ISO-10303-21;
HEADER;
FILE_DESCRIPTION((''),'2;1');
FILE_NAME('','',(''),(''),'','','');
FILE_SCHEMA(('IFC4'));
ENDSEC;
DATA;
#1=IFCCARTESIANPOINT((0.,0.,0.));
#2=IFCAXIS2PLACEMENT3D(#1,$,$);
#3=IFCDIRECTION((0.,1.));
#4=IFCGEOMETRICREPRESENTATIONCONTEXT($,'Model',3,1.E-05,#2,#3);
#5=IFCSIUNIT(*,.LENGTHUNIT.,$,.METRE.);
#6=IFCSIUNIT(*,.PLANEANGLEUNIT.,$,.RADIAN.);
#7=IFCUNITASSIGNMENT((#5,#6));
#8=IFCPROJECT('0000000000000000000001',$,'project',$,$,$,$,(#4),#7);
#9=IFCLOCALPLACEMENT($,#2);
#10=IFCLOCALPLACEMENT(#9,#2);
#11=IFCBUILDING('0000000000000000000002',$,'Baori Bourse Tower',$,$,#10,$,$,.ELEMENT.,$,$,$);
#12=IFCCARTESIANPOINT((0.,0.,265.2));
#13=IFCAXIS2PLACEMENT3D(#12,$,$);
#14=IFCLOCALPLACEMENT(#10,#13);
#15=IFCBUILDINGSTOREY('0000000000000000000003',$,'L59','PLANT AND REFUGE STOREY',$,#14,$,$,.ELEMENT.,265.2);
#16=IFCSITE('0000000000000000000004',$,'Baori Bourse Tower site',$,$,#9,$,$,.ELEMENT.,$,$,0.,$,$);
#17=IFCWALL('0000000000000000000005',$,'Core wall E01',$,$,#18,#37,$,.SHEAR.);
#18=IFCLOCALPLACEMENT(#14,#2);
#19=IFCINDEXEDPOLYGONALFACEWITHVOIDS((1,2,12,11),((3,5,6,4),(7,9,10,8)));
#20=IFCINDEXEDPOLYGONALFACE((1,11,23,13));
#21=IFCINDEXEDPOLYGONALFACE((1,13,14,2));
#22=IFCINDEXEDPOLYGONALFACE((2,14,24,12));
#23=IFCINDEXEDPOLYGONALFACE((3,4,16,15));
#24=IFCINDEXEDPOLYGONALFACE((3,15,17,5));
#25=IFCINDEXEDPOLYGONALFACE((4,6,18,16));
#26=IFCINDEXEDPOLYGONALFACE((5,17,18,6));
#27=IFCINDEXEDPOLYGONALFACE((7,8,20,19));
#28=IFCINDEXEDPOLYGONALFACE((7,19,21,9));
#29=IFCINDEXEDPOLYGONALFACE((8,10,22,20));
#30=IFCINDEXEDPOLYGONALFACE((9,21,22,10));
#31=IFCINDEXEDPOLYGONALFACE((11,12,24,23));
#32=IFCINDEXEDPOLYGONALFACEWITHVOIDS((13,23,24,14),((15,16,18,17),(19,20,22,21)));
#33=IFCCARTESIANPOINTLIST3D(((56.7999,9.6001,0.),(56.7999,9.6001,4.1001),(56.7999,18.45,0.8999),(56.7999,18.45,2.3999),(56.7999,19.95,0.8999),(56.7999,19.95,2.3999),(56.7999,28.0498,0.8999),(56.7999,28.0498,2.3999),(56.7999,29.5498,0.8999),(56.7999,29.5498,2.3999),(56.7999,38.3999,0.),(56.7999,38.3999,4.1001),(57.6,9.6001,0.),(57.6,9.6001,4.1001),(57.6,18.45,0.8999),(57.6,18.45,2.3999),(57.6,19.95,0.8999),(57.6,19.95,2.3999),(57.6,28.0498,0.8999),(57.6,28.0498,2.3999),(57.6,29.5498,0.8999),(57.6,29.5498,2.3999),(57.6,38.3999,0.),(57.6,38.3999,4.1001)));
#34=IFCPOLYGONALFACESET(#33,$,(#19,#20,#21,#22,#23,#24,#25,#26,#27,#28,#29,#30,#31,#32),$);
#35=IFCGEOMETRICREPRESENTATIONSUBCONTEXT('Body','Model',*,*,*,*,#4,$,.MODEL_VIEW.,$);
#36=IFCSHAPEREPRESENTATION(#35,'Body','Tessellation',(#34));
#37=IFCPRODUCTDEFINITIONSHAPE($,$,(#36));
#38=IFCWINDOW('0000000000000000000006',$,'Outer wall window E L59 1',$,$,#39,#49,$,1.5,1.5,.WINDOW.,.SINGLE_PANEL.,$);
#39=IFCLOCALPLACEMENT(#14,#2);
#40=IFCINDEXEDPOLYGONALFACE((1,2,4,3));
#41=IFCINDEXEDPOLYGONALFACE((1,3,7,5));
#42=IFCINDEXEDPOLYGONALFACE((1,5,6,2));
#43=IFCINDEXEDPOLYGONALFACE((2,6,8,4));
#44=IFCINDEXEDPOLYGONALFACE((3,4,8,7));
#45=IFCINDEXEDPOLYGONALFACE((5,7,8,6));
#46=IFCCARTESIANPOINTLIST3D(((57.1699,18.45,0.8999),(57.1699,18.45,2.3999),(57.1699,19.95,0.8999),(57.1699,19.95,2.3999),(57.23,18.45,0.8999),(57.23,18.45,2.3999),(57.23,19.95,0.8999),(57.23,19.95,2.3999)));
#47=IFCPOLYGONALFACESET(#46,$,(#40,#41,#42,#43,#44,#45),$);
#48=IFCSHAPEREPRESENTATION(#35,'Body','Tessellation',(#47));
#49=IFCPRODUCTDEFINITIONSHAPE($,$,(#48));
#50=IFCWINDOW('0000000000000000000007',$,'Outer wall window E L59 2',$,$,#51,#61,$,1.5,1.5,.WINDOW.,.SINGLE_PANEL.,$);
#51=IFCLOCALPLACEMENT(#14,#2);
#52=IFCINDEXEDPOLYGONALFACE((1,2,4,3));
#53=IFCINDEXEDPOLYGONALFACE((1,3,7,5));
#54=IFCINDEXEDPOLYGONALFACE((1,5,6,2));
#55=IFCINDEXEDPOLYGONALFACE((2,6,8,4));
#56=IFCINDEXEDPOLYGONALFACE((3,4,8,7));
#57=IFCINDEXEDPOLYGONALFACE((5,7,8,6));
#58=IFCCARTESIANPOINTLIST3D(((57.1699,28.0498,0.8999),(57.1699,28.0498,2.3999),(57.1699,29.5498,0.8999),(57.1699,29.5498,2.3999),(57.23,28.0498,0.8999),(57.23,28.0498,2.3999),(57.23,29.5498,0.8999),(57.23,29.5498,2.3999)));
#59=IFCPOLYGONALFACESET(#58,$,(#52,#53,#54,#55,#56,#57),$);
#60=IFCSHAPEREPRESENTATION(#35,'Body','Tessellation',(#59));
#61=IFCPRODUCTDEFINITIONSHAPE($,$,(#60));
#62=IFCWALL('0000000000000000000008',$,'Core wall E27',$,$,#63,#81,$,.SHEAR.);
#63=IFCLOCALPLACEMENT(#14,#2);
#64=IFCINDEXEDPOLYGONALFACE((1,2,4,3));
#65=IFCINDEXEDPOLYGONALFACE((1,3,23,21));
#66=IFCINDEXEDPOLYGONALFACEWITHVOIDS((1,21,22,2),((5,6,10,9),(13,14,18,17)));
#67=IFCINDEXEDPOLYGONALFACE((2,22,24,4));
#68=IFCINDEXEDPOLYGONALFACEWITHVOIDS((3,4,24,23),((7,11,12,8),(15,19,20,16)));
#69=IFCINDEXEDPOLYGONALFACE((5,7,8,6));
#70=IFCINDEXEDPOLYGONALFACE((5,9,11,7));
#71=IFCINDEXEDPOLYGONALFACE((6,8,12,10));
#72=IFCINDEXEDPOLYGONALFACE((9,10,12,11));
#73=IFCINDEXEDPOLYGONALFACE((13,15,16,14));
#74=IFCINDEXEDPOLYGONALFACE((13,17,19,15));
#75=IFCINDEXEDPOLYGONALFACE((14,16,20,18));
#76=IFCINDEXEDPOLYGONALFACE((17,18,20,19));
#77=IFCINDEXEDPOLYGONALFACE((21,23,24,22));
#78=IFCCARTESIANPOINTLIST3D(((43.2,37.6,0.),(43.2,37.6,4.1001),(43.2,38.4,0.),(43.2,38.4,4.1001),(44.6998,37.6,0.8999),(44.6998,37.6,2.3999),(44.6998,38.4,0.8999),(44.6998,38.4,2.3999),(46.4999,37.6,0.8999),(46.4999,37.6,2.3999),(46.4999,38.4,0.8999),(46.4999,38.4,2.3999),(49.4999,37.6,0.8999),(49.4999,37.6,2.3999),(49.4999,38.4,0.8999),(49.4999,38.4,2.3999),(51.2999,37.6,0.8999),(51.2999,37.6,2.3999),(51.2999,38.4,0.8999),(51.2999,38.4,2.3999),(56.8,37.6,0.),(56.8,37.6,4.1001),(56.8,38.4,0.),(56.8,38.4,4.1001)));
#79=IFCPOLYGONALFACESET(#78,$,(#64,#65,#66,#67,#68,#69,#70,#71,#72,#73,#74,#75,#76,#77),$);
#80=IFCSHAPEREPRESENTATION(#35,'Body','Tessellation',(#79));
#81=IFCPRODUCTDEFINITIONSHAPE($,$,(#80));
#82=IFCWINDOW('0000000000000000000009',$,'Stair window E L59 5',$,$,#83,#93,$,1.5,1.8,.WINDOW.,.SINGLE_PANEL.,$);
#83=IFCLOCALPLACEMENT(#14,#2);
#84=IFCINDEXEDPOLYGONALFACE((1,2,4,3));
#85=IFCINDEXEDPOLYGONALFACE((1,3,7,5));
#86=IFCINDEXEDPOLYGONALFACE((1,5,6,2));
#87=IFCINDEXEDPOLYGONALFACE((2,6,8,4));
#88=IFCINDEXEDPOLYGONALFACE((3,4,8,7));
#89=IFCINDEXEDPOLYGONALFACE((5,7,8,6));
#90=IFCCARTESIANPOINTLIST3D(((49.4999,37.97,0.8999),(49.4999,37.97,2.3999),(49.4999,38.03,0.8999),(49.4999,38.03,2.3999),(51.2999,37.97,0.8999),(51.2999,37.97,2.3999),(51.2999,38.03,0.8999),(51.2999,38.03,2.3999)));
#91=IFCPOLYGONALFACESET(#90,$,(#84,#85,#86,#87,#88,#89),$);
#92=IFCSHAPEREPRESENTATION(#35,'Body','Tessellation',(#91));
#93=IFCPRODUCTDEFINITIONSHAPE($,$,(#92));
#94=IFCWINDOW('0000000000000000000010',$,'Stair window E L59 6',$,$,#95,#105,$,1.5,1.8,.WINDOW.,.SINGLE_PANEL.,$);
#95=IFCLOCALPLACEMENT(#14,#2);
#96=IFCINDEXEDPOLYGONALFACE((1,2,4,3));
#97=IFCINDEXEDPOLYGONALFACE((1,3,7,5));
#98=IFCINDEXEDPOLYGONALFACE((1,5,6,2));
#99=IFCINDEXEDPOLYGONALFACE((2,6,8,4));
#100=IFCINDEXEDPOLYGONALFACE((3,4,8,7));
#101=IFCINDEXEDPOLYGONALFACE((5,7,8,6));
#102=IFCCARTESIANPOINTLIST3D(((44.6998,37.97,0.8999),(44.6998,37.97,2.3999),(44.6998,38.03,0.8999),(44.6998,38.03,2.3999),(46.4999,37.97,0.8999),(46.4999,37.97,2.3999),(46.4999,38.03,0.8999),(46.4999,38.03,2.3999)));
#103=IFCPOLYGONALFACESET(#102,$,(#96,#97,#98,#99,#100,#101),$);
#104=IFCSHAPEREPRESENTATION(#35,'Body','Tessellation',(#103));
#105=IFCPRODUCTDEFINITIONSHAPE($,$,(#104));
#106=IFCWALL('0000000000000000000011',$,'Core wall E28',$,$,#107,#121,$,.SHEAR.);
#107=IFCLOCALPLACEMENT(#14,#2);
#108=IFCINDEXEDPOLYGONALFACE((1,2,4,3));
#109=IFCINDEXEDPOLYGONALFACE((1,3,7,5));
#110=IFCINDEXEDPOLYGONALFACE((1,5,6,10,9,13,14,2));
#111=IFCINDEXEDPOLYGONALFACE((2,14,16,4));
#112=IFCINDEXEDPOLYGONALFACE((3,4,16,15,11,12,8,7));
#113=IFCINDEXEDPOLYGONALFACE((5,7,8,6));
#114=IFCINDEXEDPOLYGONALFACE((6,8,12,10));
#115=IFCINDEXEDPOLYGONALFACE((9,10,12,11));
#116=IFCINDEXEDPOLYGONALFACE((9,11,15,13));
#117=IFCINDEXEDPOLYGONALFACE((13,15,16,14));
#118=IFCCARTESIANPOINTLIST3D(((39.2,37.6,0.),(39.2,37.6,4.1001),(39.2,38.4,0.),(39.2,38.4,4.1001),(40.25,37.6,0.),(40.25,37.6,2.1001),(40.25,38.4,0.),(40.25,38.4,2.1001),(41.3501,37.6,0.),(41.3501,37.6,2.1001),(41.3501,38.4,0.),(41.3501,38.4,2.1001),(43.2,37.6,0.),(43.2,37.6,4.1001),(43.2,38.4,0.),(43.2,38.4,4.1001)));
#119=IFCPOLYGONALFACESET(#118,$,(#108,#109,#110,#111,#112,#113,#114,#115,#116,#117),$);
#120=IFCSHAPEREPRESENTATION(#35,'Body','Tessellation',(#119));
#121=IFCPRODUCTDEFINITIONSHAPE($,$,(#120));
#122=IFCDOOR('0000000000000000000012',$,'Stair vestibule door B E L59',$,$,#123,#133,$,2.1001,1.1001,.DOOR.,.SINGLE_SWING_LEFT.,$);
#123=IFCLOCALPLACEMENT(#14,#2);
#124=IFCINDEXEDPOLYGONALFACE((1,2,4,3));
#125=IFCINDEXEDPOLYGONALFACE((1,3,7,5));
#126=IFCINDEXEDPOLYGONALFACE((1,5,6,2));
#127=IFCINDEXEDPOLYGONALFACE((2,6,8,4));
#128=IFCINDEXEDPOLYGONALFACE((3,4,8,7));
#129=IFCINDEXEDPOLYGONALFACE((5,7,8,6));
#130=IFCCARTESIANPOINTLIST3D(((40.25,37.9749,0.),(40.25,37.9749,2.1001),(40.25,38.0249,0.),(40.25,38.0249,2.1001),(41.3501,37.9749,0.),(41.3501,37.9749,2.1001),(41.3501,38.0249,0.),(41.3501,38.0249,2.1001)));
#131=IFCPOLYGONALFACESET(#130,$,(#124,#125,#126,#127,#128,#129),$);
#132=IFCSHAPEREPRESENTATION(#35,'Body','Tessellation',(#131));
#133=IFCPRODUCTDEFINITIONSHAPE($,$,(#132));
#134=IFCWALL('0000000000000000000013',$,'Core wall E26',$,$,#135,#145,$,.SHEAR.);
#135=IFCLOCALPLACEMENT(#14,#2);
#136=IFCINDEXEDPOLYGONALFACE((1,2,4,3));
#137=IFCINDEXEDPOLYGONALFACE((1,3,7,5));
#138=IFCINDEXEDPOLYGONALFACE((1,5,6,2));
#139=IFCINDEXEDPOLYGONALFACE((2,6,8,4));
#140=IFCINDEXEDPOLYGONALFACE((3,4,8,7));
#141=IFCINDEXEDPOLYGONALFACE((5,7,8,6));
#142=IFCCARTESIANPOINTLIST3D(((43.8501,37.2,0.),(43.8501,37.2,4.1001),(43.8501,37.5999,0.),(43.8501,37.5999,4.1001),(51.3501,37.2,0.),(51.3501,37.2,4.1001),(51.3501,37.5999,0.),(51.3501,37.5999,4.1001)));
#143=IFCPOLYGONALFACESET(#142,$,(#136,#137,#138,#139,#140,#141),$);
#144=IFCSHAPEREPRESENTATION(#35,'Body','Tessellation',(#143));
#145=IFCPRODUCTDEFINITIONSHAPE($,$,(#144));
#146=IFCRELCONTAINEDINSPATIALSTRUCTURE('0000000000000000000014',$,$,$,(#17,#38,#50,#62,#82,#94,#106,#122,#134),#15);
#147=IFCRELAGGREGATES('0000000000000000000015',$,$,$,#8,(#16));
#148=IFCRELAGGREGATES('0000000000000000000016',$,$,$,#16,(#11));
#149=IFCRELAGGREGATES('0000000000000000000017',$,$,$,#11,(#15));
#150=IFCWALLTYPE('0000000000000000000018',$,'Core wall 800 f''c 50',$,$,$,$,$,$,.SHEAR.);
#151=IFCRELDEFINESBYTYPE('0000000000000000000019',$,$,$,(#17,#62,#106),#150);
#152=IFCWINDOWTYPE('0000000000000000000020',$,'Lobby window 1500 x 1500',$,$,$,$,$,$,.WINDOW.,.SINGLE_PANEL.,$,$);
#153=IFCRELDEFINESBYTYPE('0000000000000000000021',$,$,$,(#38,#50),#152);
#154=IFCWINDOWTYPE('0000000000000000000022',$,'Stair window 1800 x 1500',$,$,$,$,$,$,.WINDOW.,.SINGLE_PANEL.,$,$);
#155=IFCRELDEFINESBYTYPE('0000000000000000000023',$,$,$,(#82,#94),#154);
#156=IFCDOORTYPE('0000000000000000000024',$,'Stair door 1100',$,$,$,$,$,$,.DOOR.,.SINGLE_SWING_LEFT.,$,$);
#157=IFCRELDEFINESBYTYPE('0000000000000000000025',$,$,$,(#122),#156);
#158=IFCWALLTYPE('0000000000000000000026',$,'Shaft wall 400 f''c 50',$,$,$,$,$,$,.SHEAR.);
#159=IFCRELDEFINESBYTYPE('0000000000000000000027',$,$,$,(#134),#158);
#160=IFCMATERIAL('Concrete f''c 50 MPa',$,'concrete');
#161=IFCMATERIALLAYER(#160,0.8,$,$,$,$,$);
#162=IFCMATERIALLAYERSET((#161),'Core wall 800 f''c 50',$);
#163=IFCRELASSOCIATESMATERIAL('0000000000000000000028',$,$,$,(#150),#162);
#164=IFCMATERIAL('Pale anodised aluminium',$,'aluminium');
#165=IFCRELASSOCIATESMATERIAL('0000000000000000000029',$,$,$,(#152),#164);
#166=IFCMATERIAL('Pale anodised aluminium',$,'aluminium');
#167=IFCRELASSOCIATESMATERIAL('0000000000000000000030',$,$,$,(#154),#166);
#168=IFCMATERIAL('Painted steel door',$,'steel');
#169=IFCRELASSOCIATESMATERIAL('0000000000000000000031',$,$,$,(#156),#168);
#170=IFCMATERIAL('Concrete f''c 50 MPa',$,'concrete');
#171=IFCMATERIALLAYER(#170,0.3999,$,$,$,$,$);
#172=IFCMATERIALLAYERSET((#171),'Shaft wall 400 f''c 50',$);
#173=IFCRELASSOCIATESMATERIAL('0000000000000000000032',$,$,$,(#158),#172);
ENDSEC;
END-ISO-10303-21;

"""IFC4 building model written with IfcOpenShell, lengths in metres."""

from ifc_helpers import new_model, si_unit, direction, frame, frame_2d, origin, place, context, subcontext, project, spatial, rectangle, extrude, material, layer, layer_set, type_object, element, fill, save


model = new_model("IFC4")

# Units and contexts
model_context = context("Model", 3, precision=1e-05, world=origin(), true_north=direction((0.0, 1.0)))
body_context = subcontext(model_context, "Body", "Model", "MODEL_VIEW")
ifc_project = project(units=[si_unit("LENGTHUNIT", "METRE"), si_unit("PLANEANGLEUNIT", "RADIAN")], contexts=[model_context])

# Site, building, storey
site_placement = place(None, origin())
site = spatial("IfcSite", under=ifc_project, at=site_placement, Name="Baori Bourse Tower site", CompositionType="ELEMENT", RefElevation=0.0)
building_placement = place(site_placement, origin())
building = spatial("IfcBuilding", under=site, at=building_placement, Name="Baori Bourse Tower", CompositionType="ELEMENT")
storey_placement = place(building_placement, frame((0.0, 0.0, 265.2)))
storey = spatial("IfcBuildingStorey", under=building, at=storey_placement, Name="L59", Description="PLANT AND REFUGE STOREY", CompositionType="ELEMENT", Elevation=265.2)

# Walls, openings, windows
ifc_material_1 = material(Name="Concrete f'c 50 MPa", Category="concrete")
ifc_layer_1 = layer(ifc_material_1, 0.8)
ifc_layer_set_1 = layer_set([ifc_layer_1], Name="Core wall 800 f'c 50")
wall_type_1 = type_object("IfcWallType", Name="Core wall 800 f'c 50", PredefinedType="SHEAR", material=ifc_layer_set_1)
wall_1_placement = place(storey_placement, frame((57.2, 38.3999, 0.0), z_axis=(0.0, 0.0, 1.0), x_axis=(0.0, -1.0, 0.0)))
wall_1 = element("IfcWall", 1, at=wall_1_placement, inside=storey, type_object=wall_type_1, Name="Core wall E01", PredefinedType="SHEAR", context=body_context, shape_type="SweptSolid", body=[
    extrude(rectangle(XDim=28.7998, YDim=0.8, at=frame_2d((14.3999, 0.0))), origin(), (0.0, 0.0, 1.0), 4.1001),
])
opening_1_placement = place(wall_1_placement, frame((18.45, 0.0, 0.8999)))
opening_1 = element("IfcOpeningElement", 2, at=opening_1_placement, cuts=wall_1, PredefinedType="OPENING", context=body_context, shape_type="SweptSolid", body=[
    extrude(rectangle(XDim=1.5, YDim=1.5, at=frame_2d((0.75, 0.75))), frame((0.0, 0.4099, 0.0), z_axis=(0.0, -1.0, 0.0), x_axis=(1.0, 0.0, 0.0)), (0.0, 0.0, 1.0), 0.8201),
])
opening_2_placement = place(wall_1_placement, frame((8.8501, 0.0, 0.8999)))
opening_2 = element("IfcOpeningElement", 3, at=opening_2_placement, cuts=wall_1, PredefinedType="OPENING", context=body_context, shape_type="SweptSolid", body=[
    extrude(rectangle(XDim=1.5, YDim=1.5, at=frame_2d((0.75, 0.75))), frame((0.0, 0.4099, 0.0), z_axis=(0.0, -1.0, 0.0), x_axis=(1.0, 0.0, 0.0)), (0.0, 0.0, 1.0), 0.8201),
])
ifc_material_2 = material(Name="Pale anodised aluminium", Category="aluminium")
window_type_1 = type_object("IfcWindowType", Name="Lobby window 1500 x 1500", PartitioningType="SINGLE_PANEL", PredefinedType="WINDOW", material=ifc_material_2)
window_1_placement = place(opening_1_placement, origin())
window_1 = element("IfcWindow", 4, at=window_1_placement, inside=storey, type_object=window_type_1, Name="Outer wall window E L59 1", OverallHeight=1.5, OverallWidth=1.5, PartitioningType="SINGLE_PANEL", PredefinedType="WINDOW", context=body_context, shape_type="SweptSolid", body=[
    extrude(rectangle(XDim=1.5, YDim=1.5, at=frame_2d((0.75, 0.75))), frame((0.0, 0.03, 0.0), z_axis=(0.0, -1.0, 0.0), x_axis=(1.0, 0.0, 0.0)), (0.0, 0.0, 1.0), 0.0601),
])
fill(opening_1, window_1)
window_2_placement = place(opening_2_placement, origin())
window_2 = element("IfcWindow", 5, at=window_2_placement, inside=storey, type_object=window_type_1, Name="Outer wall window E L59 2", OverallHeight=1.5, OverallWidth=1.5, PartitioningType="SINGLE_PANEL", PredefinedType="WINDOW", context=body_context, shape_type="SweptSolid", body=[
    extrude(rectangle(XDim=1.5, YDim=1.5, at=frame_2d((0.75, 0.75))), frame((0.0, 0.03, 0.0), z_axis=(0.0, -1.0, 0.0), x_axis=(1.0, 0.0, 0.0)), (0.0, 0.0, 1.0), 0.0601),
])
fill(opening_2, window_2)
wall_2_placement = place(storey_placement, frame((43.2, 38.0, 0.0), z_axis=(0.0, 0.0, 1.0), x_axis=(1.0, 0.0, 0.0)))
wall_2 = element("IfcWall", 6, at=wall_2_placement, inside=storey, type_object=wall_type_1, Name="Core wall E27", PredefinedType="SHEAR", context=body_context, shape_type="SweptSolid", body=[
    extrude(rectangle(XDim=13.6001, YDim=0.8, at=frame_2d((6.8, 0.0))), origin(), (0.0, 0.0, 1.0), 4.1001),
])
opening_3_placement = place(wall_2_placement, frame((6.3, 0.0, 0.8999)))
opening_3 = element("IfcOpeningElement", 7, at=opening_3_placement, cuts=wall_2, PredefinedType="OPENING", context=body_context, shape_type="SweptSolid", body=[
    extrude(rectangle(XDim=1.8, YDim=1.5, at=frame_2d((0.8999, 0.75))), frame((0.0, 0.4099, 0.0), z_axis=(0.0, -1.0, 0.0), x_axis=(1.0, 0.0, 0.0)), (0.0, 0.0, 1.0), 0.8201),
])
opening_4_placement = place(wall_2_placement, frame((1.5, 0.0, 0.8999)))
opening_4 = element("IfcOpeningElement", 8, at=opening_4_placement, cuts=wall_2, PredefinedType="OPENING", context=body_context, shape_type="SweptSolid", body=[
    extrude(rectangle(XDim=1.8, YDim=1.5, at=frame_2d((0.8999, 0.75))), frame((0.0, 0.4099, 0.0), z_axis=(0.0, -1.0, 0.0), x_axis=(1.0, 0.0, 0.0)), (0.0, 0.0, 1.0), 0.8201),
])
ifc_material_3 = material(Name="Pale anodised aluminium", Category="aluminium")
window_type_2 = type_object("IfcWindowType", Name="Stair window 1800 x 1500", PartitioningType="SINGLE_PANEL", PredefinedType="WINDOW", material=ifc_material_3)
window_3_placement = place(opening_3_placement, origin())
window_3 = element("IfcWindow", 9, at=window_3_placement, inside=storey, type_object=window_type_2, Name="Stair window E L59 5", OverallHeight=1.5, OverallWidth=1.8, PartitioningType="SINGLE_PANEL", PredefinedType="WINDOW", context=body_context, shape_type="SweptSolid", body=[
    extrude(rectangle(XDim=1.8, YDim=1.5, at=frame_2d((0.8999, 0.75))), frame((0.0, 0.03, 0.0), z_axis=(0.0, -1.0, 0.0), x_axis=(1.0, 0.0, 0.0)), (0.0, 0.0, 1.0), 0.0601),
])
fill(opening_3, window_3)
window_4_placement = place(opening_4_placement, origin())
window_4 = element("IfcWindow", 10, at=window_4_placement, inside=storey, type_object=window_type_2, Name="Stair window E L59 6", OverallHeight=1.5, OverallWidth=1.8, PartitioningType="SINGLE_PANEL", PredefinedType="WINDOW", context=body_context, shape_type="SweptSolid", body=[
    extrude(rectangle(XDim=1.8, YDim=1.5, at=frame_2d((0.8999, 0.75))), frame((0.0, 0.03, 0.0), z_axis=(0.0, -1.0, 0.0), x_axis=(1.0, 0.0, 0.0)), (0.0, 0.0, 1.0), 0.0601),
])
fill(opening_4, window_4)

# Wall, opening, door
wall_3_placement = place(storey_placement, frame((39.2, 38.0, 0.0), z_axis=(0.0, 0.0, 1.0), x_axis=(1.0, 0.0, 0.0)))
wall_3 = element("IfcWall", 11, at=wall_3_placement, inside=storey, type_object=wall_type_1, Name="Core wall E28", PredefinedType="SHEAR", context=body_context, shape_type="SweptSolid", body=[
    extrude(rectangle(XDim=4.0, YDim=0.8, at=frame_2d((2.0, 0.0))), origin(), (0.0, 0.0, 1.0), 4.1001),
])
opening_5_placement = place(wall_3_placement, frame((1.05, 0.0, 0.0)))
opening_5 = element("IfcOpeningElement", 12, at=opening_5_placement, cuts=wall_3, PredefinedType="OPENING", context=body_context, shape_type="SweptSolid", body=[
    extrude(rectangle(XDim=1.1001, YDim=2.1001, at=frame_2d((0.55, 1.05))), frame((0.0, 0.4099, 0.0), z_axis=(0.0, -1.0, 0.0), x_axis=(1.0, 0.0, 0.0)), (0.0, 0.0, 1.0), 0.8201),
])
ifc_material_4 = material(Name="Painted steel door", Category="steel")
door_type = type_object("IfcDoorType", Name="Stair door 1100", OperationType="SINGLE_SWING_LEFT", PredefinedType="DOOR", material=ifc_material_4)
door_placement = place(opening_5_placement, origin())
door = element("IfcDoor", 13, at=door_placement, inside=storey, type_object=door_type, Name="Stair vestibule door B E L59", OperationType="SINGLE_SWING_LEFT", OverallHeight=2.1001, OverallWidth=1.1001, PredefinedType="DOOR", context=body_context, shape_type="SweptSolid", body=[
    extrude(rectangle(XDim=1.1001, YDim=2.1001, at=frame_2d((0.55, 1.05))), frame((0.0, 0.0249, 0.0), z_axis=(0.0, -1.0, 0.0), x_axis=(1.0, 0.0, 0.0)), (0.0, 0.0, 1.0), 0.05),
])
fill(opening_5, door)

# Wall
ifc_material_5 = material(Name="Concrete f'c 50 MPa", Category="concrete")
ifc_layer_2 = layer(ifc_material_5, 0.3999)
ifc_layer_set_2 = layer_set([ifc_layer_2], Name="Shaft wall 400 f'c 50")
wall_type_2 = type_object("IfcWallType", Name="Shaft wall 400 f'c 50", PredefinedType="SHEAR", material=ifc_layer_set_2)
wall_4_placement = place(storey_placement, frame((43.8501, 37.3999, 0.0), z_axis=(0.0, 0.0, 1.0), x_axis=(1.0, 0.0, 0.0)))
element("IfcWall", 14, at=wall_4_placement, inside=storey, type_object=wall_type_2, Name="Core wall E26", PredefinedType="SHEAR", context=body_context, shape_type="SweptSolid", body=[
    extrude(rectangle(XDim=7.5, YDim=0.3999, at=frame_2d((3.75, 0.0))), origin(), (0.0, 0.0, 1.0), 4.1001),
])

save(model, "model.ifc")
